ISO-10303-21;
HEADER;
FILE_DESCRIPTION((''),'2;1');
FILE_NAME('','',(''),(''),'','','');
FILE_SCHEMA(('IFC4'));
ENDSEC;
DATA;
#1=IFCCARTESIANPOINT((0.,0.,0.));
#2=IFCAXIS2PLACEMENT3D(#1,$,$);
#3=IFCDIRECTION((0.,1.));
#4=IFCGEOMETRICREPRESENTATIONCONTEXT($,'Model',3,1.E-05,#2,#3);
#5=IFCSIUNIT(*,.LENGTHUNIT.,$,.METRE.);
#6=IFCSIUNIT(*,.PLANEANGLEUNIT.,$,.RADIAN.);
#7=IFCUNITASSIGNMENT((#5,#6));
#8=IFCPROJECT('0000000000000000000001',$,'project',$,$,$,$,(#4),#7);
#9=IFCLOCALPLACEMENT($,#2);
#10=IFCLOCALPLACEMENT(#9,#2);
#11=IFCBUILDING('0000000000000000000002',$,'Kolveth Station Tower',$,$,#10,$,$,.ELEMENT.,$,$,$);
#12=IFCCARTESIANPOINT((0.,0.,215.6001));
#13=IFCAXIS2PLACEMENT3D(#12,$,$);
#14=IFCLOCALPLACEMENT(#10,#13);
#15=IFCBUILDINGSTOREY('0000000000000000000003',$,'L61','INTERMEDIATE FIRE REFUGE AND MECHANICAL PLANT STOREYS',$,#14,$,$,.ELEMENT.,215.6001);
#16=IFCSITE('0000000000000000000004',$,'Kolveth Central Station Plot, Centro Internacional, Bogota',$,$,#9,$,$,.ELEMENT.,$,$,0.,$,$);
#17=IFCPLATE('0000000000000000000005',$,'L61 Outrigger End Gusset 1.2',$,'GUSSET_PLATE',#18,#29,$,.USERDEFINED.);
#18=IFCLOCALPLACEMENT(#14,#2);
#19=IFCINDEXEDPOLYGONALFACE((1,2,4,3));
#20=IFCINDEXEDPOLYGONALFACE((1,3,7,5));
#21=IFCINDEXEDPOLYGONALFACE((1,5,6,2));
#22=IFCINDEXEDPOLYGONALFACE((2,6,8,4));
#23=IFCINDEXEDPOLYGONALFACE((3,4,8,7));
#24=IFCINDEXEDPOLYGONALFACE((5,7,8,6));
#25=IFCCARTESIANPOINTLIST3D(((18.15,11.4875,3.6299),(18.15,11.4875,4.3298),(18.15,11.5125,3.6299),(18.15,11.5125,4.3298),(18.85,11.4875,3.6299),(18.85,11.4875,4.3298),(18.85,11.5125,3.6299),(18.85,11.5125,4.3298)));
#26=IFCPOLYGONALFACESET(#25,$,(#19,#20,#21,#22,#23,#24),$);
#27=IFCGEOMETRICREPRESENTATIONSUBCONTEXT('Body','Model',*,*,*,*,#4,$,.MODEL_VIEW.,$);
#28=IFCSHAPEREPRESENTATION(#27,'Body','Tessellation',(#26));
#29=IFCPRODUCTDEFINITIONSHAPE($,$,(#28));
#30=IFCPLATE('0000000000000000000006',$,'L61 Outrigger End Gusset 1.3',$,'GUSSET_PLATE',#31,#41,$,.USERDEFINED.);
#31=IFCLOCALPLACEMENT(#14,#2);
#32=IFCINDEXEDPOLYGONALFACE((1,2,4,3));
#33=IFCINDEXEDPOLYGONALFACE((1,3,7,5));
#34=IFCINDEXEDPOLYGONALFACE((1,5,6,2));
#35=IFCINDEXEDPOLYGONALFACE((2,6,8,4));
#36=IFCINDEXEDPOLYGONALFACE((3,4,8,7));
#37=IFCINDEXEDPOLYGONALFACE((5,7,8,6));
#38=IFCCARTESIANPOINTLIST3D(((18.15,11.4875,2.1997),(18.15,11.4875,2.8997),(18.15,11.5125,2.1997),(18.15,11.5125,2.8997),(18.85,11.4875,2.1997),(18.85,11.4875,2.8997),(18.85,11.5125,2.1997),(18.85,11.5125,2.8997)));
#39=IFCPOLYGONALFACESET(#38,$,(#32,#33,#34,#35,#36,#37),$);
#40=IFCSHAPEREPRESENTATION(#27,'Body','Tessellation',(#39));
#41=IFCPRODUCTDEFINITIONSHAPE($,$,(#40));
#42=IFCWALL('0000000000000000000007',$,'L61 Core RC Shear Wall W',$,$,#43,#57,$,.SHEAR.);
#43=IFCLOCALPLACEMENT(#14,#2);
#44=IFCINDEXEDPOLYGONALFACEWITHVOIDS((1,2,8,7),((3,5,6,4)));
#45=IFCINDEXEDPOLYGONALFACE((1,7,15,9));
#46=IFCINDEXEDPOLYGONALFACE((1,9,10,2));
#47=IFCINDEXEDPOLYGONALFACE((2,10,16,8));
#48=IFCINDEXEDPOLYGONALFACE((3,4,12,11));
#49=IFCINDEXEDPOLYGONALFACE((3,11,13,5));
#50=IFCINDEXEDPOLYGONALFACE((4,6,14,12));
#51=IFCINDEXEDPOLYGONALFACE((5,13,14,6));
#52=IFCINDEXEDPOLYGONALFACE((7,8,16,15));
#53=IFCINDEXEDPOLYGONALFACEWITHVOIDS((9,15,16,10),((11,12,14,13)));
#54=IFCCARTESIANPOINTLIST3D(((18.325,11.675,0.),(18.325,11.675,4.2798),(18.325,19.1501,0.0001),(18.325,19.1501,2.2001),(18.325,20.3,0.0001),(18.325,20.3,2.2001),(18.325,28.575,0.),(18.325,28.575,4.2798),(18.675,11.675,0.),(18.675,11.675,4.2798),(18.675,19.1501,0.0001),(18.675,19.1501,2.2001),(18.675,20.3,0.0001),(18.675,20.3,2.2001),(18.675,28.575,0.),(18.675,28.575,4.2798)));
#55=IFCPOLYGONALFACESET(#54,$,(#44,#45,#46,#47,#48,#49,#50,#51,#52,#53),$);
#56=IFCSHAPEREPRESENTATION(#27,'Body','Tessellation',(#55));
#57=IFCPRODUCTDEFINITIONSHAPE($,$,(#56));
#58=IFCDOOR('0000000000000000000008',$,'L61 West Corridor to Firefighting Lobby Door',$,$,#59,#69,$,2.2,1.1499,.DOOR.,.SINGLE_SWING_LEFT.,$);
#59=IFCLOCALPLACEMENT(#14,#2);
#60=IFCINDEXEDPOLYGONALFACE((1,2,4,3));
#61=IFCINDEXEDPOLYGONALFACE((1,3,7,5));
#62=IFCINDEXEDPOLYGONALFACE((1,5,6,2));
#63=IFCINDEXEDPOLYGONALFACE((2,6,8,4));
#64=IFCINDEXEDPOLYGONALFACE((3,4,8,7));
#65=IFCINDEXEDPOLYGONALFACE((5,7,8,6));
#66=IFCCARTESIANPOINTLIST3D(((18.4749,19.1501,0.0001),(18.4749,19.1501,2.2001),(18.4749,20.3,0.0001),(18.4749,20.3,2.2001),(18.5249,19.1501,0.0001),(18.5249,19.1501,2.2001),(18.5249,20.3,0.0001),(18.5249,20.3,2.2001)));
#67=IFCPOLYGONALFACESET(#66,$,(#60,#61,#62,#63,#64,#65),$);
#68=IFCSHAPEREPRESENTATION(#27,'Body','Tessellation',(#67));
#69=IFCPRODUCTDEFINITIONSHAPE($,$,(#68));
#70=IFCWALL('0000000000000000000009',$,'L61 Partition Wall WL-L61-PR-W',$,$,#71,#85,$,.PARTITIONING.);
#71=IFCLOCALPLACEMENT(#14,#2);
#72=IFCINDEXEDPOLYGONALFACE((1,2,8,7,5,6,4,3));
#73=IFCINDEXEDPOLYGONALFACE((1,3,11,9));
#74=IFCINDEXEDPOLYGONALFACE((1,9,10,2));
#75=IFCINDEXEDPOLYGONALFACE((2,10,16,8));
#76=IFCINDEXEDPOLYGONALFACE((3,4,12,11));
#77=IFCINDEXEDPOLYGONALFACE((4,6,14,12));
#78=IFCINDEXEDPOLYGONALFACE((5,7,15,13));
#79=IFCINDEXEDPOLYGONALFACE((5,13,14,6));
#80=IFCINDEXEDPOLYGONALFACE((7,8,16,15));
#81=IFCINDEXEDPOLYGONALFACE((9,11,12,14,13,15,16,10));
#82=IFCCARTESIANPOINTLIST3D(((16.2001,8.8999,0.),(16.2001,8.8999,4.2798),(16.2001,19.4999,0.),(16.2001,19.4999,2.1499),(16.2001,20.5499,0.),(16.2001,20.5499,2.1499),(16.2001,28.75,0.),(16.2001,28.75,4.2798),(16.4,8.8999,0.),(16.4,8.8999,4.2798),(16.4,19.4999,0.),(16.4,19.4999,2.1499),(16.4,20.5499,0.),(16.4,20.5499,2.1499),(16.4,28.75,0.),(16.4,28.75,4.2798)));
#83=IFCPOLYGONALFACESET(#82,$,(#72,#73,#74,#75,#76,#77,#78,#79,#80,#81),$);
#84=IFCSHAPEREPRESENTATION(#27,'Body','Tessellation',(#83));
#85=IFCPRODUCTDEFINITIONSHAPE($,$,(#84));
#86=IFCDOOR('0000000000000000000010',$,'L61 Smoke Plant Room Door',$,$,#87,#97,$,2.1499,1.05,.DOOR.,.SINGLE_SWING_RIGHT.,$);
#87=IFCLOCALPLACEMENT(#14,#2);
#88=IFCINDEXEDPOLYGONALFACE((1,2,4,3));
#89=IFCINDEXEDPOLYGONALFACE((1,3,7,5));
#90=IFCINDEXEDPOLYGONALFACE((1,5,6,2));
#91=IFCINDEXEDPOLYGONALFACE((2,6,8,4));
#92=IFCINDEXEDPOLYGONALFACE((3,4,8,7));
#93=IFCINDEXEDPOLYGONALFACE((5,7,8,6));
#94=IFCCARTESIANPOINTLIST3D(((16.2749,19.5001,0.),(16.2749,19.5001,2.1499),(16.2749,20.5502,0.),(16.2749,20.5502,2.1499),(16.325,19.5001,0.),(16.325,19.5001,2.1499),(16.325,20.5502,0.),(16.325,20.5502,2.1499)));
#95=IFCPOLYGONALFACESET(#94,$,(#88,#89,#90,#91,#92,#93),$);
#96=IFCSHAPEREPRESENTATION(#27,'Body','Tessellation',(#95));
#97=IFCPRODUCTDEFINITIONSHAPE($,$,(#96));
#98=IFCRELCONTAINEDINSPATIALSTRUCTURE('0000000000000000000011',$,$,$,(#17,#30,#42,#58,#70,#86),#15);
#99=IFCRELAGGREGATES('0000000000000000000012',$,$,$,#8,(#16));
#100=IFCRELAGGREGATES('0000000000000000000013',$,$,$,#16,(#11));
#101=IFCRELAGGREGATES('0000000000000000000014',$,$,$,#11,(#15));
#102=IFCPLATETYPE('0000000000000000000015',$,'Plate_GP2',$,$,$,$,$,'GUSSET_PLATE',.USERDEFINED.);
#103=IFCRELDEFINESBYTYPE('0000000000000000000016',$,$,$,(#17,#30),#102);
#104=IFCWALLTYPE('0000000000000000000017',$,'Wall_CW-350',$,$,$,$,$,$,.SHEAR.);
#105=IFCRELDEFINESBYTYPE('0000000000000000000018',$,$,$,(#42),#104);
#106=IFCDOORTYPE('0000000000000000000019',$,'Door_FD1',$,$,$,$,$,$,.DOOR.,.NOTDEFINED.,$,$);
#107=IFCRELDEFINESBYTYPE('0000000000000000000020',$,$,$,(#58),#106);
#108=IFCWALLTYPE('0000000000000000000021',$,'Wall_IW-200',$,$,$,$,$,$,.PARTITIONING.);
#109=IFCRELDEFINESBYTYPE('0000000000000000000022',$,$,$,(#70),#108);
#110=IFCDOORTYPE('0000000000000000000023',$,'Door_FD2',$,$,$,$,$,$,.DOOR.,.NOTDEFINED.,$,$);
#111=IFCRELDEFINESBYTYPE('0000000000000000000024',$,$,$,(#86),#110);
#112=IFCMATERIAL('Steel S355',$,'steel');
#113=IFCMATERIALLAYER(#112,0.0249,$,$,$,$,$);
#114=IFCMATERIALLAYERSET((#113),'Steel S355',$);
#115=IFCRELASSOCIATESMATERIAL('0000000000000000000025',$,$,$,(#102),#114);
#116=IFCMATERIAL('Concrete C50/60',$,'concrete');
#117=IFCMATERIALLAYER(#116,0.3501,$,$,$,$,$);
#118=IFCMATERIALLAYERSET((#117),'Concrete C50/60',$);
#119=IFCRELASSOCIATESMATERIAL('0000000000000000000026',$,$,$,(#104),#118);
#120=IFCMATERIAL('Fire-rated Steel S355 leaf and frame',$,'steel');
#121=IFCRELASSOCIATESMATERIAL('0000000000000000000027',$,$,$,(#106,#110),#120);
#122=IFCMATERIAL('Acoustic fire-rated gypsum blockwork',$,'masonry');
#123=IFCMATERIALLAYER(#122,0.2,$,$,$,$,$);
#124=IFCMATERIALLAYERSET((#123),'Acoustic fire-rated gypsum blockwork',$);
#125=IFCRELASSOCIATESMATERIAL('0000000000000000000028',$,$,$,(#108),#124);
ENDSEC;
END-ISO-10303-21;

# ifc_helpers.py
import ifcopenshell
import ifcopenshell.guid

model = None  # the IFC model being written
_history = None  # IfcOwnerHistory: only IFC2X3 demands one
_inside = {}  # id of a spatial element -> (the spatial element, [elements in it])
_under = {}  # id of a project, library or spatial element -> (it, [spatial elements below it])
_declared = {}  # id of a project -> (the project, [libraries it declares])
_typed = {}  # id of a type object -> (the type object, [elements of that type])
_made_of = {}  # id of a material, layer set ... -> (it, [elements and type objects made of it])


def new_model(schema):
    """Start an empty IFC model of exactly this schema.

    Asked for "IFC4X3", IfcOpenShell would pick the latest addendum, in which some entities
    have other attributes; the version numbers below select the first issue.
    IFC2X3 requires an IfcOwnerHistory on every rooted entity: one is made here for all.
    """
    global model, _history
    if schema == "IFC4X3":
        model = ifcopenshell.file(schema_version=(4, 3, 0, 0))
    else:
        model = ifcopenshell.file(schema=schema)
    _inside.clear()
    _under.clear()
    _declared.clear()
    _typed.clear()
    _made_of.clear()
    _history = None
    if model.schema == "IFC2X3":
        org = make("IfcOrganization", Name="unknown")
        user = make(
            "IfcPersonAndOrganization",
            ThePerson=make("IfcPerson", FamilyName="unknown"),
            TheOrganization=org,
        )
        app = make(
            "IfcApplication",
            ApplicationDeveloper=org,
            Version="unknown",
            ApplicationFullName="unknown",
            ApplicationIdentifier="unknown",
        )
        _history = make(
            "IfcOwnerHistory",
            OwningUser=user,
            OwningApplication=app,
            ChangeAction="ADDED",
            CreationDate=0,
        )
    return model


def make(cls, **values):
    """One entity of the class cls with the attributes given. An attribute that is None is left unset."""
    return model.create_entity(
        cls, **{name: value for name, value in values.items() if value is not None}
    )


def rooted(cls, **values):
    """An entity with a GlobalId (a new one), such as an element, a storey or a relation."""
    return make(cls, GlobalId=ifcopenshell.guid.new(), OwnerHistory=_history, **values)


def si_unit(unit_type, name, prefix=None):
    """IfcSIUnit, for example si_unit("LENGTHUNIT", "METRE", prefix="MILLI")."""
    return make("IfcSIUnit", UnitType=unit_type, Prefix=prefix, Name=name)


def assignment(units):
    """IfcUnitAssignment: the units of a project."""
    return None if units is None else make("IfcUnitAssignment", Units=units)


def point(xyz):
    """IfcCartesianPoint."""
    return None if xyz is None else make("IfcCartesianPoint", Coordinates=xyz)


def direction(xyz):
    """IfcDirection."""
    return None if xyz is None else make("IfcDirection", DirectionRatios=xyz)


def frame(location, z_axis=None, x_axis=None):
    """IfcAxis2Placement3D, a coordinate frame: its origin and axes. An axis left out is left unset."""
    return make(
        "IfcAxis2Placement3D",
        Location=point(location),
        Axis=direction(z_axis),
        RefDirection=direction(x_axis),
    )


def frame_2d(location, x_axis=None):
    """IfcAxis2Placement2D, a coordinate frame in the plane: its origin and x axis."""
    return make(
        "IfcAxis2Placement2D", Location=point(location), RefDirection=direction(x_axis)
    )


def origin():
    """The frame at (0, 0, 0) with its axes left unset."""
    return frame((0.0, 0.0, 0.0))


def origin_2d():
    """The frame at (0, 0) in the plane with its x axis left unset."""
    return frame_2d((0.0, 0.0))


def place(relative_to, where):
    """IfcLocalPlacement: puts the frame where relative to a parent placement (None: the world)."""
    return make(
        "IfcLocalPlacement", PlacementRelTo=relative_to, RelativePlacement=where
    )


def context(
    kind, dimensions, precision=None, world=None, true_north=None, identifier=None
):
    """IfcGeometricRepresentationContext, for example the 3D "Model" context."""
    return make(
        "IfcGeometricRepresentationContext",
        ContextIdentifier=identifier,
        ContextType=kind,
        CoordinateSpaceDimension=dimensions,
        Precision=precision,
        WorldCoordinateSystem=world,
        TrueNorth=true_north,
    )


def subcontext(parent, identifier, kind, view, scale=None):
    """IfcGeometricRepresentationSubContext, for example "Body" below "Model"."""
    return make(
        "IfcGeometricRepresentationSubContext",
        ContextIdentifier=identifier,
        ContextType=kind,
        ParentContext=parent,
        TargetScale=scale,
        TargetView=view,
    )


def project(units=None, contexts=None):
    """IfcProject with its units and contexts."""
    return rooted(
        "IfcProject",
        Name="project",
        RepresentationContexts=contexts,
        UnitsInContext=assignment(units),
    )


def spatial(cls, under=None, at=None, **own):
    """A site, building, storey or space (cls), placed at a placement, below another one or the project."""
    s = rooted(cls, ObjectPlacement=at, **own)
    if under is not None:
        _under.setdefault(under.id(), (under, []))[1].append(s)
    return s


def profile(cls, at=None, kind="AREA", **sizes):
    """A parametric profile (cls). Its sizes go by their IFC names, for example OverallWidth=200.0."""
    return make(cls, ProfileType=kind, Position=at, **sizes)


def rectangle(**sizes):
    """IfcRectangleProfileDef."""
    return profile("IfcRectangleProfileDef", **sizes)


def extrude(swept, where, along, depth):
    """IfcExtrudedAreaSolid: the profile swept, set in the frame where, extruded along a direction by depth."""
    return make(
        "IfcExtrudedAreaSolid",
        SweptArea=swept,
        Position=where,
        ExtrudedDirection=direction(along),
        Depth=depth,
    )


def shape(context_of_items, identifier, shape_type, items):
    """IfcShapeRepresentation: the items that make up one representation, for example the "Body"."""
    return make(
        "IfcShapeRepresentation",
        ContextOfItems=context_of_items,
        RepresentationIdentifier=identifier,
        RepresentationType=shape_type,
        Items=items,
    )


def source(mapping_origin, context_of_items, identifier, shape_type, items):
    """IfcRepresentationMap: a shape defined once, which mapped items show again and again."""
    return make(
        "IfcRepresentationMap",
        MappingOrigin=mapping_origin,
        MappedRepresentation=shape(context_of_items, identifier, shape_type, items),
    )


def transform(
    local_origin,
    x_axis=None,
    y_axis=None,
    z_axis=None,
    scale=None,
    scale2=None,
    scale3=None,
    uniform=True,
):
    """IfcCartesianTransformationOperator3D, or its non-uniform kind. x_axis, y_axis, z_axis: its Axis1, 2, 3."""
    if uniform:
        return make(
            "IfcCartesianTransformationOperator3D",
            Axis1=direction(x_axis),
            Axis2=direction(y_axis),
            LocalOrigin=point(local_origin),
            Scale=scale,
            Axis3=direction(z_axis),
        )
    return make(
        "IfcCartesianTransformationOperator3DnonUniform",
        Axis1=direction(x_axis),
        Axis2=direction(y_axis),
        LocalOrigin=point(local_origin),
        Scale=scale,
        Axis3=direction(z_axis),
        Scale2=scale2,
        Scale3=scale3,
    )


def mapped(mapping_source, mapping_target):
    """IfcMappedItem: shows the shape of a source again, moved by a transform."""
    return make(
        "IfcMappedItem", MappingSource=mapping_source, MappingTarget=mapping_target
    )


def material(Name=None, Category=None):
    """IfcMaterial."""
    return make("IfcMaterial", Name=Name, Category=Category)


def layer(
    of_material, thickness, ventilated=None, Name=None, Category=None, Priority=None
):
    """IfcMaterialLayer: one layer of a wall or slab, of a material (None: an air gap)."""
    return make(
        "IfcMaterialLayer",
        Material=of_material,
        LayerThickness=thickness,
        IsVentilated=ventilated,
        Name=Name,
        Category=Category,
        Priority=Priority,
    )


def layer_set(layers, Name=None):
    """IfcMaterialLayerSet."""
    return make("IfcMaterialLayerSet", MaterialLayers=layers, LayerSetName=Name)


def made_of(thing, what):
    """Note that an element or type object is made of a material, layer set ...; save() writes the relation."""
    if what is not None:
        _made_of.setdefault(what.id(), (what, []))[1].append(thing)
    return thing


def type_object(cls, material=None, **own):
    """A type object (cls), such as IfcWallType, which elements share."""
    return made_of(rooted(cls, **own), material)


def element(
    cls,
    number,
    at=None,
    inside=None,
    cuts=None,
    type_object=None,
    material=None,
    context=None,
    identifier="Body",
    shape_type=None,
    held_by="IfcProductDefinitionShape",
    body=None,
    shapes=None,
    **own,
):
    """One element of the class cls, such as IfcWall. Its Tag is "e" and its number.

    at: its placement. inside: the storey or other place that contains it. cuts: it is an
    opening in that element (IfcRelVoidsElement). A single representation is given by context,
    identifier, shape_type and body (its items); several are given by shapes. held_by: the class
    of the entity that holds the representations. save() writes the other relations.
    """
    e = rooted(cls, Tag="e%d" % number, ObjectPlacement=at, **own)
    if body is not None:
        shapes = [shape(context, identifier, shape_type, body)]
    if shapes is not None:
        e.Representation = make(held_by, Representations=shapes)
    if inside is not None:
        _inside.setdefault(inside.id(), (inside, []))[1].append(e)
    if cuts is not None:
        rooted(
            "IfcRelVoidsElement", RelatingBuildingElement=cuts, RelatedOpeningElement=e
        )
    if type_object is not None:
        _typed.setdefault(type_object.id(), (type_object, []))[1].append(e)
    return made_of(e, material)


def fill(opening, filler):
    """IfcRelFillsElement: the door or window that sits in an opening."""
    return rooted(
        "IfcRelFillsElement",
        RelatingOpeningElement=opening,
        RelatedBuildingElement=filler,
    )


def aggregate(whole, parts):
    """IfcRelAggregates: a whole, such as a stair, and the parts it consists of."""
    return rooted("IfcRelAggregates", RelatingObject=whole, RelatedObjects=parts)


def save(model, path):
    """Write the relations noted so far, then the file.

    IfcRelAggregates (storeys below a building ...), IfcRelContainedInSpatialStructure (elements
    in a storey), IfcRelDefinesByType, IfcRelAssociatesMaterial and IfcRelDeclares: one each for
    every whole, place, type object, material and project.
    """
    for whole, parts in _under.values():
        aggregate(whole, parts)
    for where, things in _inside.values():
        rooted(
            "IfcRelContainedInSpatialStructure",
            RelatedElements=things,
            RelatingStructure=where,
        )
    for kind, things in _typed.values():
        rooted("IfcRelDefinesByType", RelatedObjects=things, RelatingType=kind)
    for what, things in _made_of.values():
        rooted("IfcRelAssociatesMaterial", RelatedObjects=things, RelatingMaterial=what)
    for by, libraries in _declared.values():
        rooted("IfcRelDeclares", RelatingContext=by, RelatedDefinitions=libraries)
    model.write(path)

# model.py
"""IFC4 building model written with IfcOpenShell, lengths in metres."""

from ifc_helpers import new_model, si_unit, direction, frame, frame_2d, origin, origin_2d, place, context, subcontext, project, spatial, rectangle, extrude, source, transform, mapped, material, layer, layer_set, type_object, element, fill, save


model = new_model("IFC4")

# Units and contexts
model_context = context("Model", 3, precision=1e-05, world=origin(), true_north=direction((0.0, 1.0)))
body_context = subcontext(model_context, "Body", "Model", "MODEL_VIEW")
ifc_project = project(units=[si_unit("LENGTHUNIT", "METRE"), si_unit("PLANEANGLEUNIT", "RADIAN")], contexts=[model_context])

# Site, building, storey
site_placement = place(None, origin())
site = spatial("IfcSite", under=ifc_project, at=site_placement, Name="Kolveth Central Station Plot, Centro Internacional, Bogota", CompositionType="ELEMENT", RefElevation=0.0)
building_placement = place(site_placement, origin())
building = spatial("IfcBuilding", under=site, at=building_placement, Name="Kolveth Station Tower", CompositionType="ELEMENT")
storey_placement = place(building_placement, frame((0.0, 0.0, 215.6001)))
storey = spatial("IfcBuildingStorey", under=building, at=storey_placement, Name="L61", Description="INTERMEDIATE FIRE REFUGE AND MECHANICAL PLANT STOREYS", CompositionType="ELEMENT", Elevation=215.6001)

# Shared definitions
ifc_material_1 = material(Name="Steel S355", Category="steel")

# Plates
ifc_layer_1 = layer(ifc_material_1, 0.0249)
ifc_layer_set_1 = layer_set([ifc_layer_1], Name="Steel S355")
plate_type = type_object("IfcPlateType", Name="Plate_GP2", ElementType="GUSSET_PLATE", PredefinedType="USERDEFINED", material=ifc_layer_set_1)
shared_shape_1 = source(origin(), body_context, "Body", "SweptSolid", [
    extrude(rectangle(XDim=0.7, YDim=0.0249, at=origin_2d()), origin(), (0.0, 0.0, 1.0), 0.7),
])
for number, where, z_axis, x_axis, name in (
    (1, (18.5, 11.5, 3.6299), (0.0, 0.0, 1.0), (1.0, 0.0, 0.0), "L61 Outrigger End Gusset 1.2"),
    (2, (18.5, 11.5, 2.1997), (0.0, 0.0, 1.0), (1.0, 0.0, 0.0), "L61 Outrigger End Gusset 1.3"),
):
    element("IfcPlate", number, at=place(storey_placement, frame(where, z_axis=z_axis, x_axis=x_axis)), inside=storey, type_object=plate_type, Name=name, ObjectType="GUSSET_PLATE", PredefinedType="USERDEFINED", context=body_context, shape_type="MappedRepresentation", body=[
        mapped(shared_shape_1, transform((0.0, 0.0, 0.0), x_axis=(1.0, 0.0, 0.0), y_axis=(0.0, 1.0, 0.0), z_axis=(0.0, 0.0, 1.0), scale=1.0)),
    ])

# Shared definitions
ifc_material_2 = material(Name="Concrete C50/60", Category="concrete")
ifc_layer_2 = layer(ifc_material_2, 0.3501)
ifc_layer_set_2 = layer_set([ifc_layer_2], Name="Concrete C50/60")
wall_type_1 = type_object("IfcWallType", Name="Wall_CW-350", PredefinedType="SHEAR", material=ifc_layer_set_2)

# Walls, openings, doors
wall_1_placement = place(storey_placement, frame((18.5, 11.675, 0.0), z_axis=(0.0, 0.0, 1.0), x_axis=(0.0, 1.0, 0.0)))
wall_1 = element("IfcWall", 3, at=wall_1_placement, inside=storey, type_object=wall_type_1, Name="L61 Core RC Shear Wall W", PredefinedType="SHEAR", context=body_context, shape_type="SweptSolid", body=[
    extrude(rectangle(XDim=16.8999, YDim=0.3501, at=frame_2d((8.45, 0.0))), origin(), (0.0, 0.0, 1.0), 4.2798),
])
opening_1_placement = place(wall_1_placement, frame((7.4751, 0.0, 0.0)))
opening_1 = element("IfcOpeningElement", 4, at=opening_1_placement, cuts=wall_1, PredefinedType="OPENING", context=body_context, shape_type="SweptSolid", body=[
    extrude(rectangle(XDim=1.1499, YDim=2.2, at=frame_2d((0.575, 1.1001))), frame((0.0, 0.1851, 0.0), z_axis=(0.0, -1.0, 0.0), x_axis=(1.0, 0.0, 0.0)), (0.0, 0.0, 1.0), 0.3701),
])
ifc_material_3 = material(Name="Fire-rated Steel S355 leaf and frame", Category="steel")
door_type_1 = type_object("IfcDoorType", Name="Door_FD1", OperationType="NOTDEFINED", PredefinedType="DOOR", material=ifc_material_3)
door_1_placement = place(opening_1_placement, frame((1.1499, 0.0, 0.0), z_axis=(0.0, 0.0, 1.0), x_axis=(-1.0, 0.0, 0.0)))
door_1 = element("IfcDoor", 5, at=door_1_placement, inside=storey, type_object=door_type_1, Name="L61 West Corridor to Firefighting Lobby Door", OperationType="SINGLE_SWING_LEFT", OverallHeight=2.2, OverallWidth=1.1499, PredefinedType="DOOR", context=body_context, shape_type="SweptSolid", body=[
    extrude(rectangle(XDim=1.1499, YDim=2.2, at=frame_2d((0.575, 1.1001))), frame((0.0, 0.0249, 0.0), z_axis=(0.0, -1.0, 0.0), x_axis=(1.0, 0.0, 0.0)), (0.0, 0.0, 1.0), 0.05),
])
fill(opening_1, door_1)
ifc_material_4 = material(Name="Acoustic fire-rated gypsum blockwork", Category="masonry")
ifc_layer_3 = layer(ifc_material_4, 0.2)
ifc_layer_set_3 = layer_set([ifc_layer_3], Name="Acoustic fire-rated gypsum blockwork")
wall_type_2 = type_object("IfcWallType", Name="Wall_IW-200", PredefinedType="PARTITIONING", material=ifc_layer_set_3)
wall_2_placement = place(storey_placement, frame((16.3, 8.8999, 0.0), z_axis=(0.0, 0.0, 1.0), x_axis=(0.0, 1.0, 0.0)))
wall_2 = element("IfcWall", 6, at=wall_2_placement, inside=storey, type_object=wall_type_2, Name="L61 Partition Wall WL-L61-PR-W", PredefinedType="PARTITIONING", context=body_context, shape_type="SweptSolid", body=[
    extrude(rectangle(XDim=19.8501, YDim=0.2, at=frame_2d((9.925, 0.0))), origin(), (0.0, 0.0, 1.0), 4.2798),
])
opening_2_placement = place(wall_2_placement, frame((10.6001, 0.0, 0.0)))
opening_2 = element("IfcOpeningElement", 7, at=opening_2_placement, cuts=wall_2, PredefinedType="OPENING", context=body_context, shape_type="SweptSolid", body=[
    extrude(rectangle(XDim=1.05, YDim=2.1499, at=frame_2d((0.5249, 1.075))), frame((0.0, 0.1099, 0.0), z_axis=(0.0, -1.0, 0.0), x_axis=(1.0, 0.0, 0.0)), (0.0, 0.0, 1.0), 0.22),
])
door_type_2 = type_object("IfcDoorType", Name="Door_FD2", OperationType="NOTDEFINED", PredefinedType="DOOR", material=ifc_material_3)
door_2_placement = place(opening_2_placement, frame((1.05, 0.0, 0.0), z_axis=(0.0, 0.0, 1.0), x_axis=(-1.0, 0.0, 0.0)))
door_2 = element("IfcDoor", 8, at=door_2_placement, inside=storey, type_object=door_type_2, Name="L61 Smoke Plant Room Door", OperationType="SINGLE_SWING_RIGHT", OverallHeight=2.1499, OverallWidth=1.05, PredefinedType="DOOR", context=body_context, shape_type="SweptSolid", body=[
    extrude(rectangle(XDim=1.05, YDim=2.1499, at=frame_2d((0.5249, 1.075))), frame((0.0, 0.0249, 0.0), z_axis=(0.0, -1.0, 0.0), x_axis=(1.0, 0.0, 0.0)), (0.0, 0.0, 1.0), 0.05),
])
fill(opening_2, door_2)

save(model, "model.ifc")
